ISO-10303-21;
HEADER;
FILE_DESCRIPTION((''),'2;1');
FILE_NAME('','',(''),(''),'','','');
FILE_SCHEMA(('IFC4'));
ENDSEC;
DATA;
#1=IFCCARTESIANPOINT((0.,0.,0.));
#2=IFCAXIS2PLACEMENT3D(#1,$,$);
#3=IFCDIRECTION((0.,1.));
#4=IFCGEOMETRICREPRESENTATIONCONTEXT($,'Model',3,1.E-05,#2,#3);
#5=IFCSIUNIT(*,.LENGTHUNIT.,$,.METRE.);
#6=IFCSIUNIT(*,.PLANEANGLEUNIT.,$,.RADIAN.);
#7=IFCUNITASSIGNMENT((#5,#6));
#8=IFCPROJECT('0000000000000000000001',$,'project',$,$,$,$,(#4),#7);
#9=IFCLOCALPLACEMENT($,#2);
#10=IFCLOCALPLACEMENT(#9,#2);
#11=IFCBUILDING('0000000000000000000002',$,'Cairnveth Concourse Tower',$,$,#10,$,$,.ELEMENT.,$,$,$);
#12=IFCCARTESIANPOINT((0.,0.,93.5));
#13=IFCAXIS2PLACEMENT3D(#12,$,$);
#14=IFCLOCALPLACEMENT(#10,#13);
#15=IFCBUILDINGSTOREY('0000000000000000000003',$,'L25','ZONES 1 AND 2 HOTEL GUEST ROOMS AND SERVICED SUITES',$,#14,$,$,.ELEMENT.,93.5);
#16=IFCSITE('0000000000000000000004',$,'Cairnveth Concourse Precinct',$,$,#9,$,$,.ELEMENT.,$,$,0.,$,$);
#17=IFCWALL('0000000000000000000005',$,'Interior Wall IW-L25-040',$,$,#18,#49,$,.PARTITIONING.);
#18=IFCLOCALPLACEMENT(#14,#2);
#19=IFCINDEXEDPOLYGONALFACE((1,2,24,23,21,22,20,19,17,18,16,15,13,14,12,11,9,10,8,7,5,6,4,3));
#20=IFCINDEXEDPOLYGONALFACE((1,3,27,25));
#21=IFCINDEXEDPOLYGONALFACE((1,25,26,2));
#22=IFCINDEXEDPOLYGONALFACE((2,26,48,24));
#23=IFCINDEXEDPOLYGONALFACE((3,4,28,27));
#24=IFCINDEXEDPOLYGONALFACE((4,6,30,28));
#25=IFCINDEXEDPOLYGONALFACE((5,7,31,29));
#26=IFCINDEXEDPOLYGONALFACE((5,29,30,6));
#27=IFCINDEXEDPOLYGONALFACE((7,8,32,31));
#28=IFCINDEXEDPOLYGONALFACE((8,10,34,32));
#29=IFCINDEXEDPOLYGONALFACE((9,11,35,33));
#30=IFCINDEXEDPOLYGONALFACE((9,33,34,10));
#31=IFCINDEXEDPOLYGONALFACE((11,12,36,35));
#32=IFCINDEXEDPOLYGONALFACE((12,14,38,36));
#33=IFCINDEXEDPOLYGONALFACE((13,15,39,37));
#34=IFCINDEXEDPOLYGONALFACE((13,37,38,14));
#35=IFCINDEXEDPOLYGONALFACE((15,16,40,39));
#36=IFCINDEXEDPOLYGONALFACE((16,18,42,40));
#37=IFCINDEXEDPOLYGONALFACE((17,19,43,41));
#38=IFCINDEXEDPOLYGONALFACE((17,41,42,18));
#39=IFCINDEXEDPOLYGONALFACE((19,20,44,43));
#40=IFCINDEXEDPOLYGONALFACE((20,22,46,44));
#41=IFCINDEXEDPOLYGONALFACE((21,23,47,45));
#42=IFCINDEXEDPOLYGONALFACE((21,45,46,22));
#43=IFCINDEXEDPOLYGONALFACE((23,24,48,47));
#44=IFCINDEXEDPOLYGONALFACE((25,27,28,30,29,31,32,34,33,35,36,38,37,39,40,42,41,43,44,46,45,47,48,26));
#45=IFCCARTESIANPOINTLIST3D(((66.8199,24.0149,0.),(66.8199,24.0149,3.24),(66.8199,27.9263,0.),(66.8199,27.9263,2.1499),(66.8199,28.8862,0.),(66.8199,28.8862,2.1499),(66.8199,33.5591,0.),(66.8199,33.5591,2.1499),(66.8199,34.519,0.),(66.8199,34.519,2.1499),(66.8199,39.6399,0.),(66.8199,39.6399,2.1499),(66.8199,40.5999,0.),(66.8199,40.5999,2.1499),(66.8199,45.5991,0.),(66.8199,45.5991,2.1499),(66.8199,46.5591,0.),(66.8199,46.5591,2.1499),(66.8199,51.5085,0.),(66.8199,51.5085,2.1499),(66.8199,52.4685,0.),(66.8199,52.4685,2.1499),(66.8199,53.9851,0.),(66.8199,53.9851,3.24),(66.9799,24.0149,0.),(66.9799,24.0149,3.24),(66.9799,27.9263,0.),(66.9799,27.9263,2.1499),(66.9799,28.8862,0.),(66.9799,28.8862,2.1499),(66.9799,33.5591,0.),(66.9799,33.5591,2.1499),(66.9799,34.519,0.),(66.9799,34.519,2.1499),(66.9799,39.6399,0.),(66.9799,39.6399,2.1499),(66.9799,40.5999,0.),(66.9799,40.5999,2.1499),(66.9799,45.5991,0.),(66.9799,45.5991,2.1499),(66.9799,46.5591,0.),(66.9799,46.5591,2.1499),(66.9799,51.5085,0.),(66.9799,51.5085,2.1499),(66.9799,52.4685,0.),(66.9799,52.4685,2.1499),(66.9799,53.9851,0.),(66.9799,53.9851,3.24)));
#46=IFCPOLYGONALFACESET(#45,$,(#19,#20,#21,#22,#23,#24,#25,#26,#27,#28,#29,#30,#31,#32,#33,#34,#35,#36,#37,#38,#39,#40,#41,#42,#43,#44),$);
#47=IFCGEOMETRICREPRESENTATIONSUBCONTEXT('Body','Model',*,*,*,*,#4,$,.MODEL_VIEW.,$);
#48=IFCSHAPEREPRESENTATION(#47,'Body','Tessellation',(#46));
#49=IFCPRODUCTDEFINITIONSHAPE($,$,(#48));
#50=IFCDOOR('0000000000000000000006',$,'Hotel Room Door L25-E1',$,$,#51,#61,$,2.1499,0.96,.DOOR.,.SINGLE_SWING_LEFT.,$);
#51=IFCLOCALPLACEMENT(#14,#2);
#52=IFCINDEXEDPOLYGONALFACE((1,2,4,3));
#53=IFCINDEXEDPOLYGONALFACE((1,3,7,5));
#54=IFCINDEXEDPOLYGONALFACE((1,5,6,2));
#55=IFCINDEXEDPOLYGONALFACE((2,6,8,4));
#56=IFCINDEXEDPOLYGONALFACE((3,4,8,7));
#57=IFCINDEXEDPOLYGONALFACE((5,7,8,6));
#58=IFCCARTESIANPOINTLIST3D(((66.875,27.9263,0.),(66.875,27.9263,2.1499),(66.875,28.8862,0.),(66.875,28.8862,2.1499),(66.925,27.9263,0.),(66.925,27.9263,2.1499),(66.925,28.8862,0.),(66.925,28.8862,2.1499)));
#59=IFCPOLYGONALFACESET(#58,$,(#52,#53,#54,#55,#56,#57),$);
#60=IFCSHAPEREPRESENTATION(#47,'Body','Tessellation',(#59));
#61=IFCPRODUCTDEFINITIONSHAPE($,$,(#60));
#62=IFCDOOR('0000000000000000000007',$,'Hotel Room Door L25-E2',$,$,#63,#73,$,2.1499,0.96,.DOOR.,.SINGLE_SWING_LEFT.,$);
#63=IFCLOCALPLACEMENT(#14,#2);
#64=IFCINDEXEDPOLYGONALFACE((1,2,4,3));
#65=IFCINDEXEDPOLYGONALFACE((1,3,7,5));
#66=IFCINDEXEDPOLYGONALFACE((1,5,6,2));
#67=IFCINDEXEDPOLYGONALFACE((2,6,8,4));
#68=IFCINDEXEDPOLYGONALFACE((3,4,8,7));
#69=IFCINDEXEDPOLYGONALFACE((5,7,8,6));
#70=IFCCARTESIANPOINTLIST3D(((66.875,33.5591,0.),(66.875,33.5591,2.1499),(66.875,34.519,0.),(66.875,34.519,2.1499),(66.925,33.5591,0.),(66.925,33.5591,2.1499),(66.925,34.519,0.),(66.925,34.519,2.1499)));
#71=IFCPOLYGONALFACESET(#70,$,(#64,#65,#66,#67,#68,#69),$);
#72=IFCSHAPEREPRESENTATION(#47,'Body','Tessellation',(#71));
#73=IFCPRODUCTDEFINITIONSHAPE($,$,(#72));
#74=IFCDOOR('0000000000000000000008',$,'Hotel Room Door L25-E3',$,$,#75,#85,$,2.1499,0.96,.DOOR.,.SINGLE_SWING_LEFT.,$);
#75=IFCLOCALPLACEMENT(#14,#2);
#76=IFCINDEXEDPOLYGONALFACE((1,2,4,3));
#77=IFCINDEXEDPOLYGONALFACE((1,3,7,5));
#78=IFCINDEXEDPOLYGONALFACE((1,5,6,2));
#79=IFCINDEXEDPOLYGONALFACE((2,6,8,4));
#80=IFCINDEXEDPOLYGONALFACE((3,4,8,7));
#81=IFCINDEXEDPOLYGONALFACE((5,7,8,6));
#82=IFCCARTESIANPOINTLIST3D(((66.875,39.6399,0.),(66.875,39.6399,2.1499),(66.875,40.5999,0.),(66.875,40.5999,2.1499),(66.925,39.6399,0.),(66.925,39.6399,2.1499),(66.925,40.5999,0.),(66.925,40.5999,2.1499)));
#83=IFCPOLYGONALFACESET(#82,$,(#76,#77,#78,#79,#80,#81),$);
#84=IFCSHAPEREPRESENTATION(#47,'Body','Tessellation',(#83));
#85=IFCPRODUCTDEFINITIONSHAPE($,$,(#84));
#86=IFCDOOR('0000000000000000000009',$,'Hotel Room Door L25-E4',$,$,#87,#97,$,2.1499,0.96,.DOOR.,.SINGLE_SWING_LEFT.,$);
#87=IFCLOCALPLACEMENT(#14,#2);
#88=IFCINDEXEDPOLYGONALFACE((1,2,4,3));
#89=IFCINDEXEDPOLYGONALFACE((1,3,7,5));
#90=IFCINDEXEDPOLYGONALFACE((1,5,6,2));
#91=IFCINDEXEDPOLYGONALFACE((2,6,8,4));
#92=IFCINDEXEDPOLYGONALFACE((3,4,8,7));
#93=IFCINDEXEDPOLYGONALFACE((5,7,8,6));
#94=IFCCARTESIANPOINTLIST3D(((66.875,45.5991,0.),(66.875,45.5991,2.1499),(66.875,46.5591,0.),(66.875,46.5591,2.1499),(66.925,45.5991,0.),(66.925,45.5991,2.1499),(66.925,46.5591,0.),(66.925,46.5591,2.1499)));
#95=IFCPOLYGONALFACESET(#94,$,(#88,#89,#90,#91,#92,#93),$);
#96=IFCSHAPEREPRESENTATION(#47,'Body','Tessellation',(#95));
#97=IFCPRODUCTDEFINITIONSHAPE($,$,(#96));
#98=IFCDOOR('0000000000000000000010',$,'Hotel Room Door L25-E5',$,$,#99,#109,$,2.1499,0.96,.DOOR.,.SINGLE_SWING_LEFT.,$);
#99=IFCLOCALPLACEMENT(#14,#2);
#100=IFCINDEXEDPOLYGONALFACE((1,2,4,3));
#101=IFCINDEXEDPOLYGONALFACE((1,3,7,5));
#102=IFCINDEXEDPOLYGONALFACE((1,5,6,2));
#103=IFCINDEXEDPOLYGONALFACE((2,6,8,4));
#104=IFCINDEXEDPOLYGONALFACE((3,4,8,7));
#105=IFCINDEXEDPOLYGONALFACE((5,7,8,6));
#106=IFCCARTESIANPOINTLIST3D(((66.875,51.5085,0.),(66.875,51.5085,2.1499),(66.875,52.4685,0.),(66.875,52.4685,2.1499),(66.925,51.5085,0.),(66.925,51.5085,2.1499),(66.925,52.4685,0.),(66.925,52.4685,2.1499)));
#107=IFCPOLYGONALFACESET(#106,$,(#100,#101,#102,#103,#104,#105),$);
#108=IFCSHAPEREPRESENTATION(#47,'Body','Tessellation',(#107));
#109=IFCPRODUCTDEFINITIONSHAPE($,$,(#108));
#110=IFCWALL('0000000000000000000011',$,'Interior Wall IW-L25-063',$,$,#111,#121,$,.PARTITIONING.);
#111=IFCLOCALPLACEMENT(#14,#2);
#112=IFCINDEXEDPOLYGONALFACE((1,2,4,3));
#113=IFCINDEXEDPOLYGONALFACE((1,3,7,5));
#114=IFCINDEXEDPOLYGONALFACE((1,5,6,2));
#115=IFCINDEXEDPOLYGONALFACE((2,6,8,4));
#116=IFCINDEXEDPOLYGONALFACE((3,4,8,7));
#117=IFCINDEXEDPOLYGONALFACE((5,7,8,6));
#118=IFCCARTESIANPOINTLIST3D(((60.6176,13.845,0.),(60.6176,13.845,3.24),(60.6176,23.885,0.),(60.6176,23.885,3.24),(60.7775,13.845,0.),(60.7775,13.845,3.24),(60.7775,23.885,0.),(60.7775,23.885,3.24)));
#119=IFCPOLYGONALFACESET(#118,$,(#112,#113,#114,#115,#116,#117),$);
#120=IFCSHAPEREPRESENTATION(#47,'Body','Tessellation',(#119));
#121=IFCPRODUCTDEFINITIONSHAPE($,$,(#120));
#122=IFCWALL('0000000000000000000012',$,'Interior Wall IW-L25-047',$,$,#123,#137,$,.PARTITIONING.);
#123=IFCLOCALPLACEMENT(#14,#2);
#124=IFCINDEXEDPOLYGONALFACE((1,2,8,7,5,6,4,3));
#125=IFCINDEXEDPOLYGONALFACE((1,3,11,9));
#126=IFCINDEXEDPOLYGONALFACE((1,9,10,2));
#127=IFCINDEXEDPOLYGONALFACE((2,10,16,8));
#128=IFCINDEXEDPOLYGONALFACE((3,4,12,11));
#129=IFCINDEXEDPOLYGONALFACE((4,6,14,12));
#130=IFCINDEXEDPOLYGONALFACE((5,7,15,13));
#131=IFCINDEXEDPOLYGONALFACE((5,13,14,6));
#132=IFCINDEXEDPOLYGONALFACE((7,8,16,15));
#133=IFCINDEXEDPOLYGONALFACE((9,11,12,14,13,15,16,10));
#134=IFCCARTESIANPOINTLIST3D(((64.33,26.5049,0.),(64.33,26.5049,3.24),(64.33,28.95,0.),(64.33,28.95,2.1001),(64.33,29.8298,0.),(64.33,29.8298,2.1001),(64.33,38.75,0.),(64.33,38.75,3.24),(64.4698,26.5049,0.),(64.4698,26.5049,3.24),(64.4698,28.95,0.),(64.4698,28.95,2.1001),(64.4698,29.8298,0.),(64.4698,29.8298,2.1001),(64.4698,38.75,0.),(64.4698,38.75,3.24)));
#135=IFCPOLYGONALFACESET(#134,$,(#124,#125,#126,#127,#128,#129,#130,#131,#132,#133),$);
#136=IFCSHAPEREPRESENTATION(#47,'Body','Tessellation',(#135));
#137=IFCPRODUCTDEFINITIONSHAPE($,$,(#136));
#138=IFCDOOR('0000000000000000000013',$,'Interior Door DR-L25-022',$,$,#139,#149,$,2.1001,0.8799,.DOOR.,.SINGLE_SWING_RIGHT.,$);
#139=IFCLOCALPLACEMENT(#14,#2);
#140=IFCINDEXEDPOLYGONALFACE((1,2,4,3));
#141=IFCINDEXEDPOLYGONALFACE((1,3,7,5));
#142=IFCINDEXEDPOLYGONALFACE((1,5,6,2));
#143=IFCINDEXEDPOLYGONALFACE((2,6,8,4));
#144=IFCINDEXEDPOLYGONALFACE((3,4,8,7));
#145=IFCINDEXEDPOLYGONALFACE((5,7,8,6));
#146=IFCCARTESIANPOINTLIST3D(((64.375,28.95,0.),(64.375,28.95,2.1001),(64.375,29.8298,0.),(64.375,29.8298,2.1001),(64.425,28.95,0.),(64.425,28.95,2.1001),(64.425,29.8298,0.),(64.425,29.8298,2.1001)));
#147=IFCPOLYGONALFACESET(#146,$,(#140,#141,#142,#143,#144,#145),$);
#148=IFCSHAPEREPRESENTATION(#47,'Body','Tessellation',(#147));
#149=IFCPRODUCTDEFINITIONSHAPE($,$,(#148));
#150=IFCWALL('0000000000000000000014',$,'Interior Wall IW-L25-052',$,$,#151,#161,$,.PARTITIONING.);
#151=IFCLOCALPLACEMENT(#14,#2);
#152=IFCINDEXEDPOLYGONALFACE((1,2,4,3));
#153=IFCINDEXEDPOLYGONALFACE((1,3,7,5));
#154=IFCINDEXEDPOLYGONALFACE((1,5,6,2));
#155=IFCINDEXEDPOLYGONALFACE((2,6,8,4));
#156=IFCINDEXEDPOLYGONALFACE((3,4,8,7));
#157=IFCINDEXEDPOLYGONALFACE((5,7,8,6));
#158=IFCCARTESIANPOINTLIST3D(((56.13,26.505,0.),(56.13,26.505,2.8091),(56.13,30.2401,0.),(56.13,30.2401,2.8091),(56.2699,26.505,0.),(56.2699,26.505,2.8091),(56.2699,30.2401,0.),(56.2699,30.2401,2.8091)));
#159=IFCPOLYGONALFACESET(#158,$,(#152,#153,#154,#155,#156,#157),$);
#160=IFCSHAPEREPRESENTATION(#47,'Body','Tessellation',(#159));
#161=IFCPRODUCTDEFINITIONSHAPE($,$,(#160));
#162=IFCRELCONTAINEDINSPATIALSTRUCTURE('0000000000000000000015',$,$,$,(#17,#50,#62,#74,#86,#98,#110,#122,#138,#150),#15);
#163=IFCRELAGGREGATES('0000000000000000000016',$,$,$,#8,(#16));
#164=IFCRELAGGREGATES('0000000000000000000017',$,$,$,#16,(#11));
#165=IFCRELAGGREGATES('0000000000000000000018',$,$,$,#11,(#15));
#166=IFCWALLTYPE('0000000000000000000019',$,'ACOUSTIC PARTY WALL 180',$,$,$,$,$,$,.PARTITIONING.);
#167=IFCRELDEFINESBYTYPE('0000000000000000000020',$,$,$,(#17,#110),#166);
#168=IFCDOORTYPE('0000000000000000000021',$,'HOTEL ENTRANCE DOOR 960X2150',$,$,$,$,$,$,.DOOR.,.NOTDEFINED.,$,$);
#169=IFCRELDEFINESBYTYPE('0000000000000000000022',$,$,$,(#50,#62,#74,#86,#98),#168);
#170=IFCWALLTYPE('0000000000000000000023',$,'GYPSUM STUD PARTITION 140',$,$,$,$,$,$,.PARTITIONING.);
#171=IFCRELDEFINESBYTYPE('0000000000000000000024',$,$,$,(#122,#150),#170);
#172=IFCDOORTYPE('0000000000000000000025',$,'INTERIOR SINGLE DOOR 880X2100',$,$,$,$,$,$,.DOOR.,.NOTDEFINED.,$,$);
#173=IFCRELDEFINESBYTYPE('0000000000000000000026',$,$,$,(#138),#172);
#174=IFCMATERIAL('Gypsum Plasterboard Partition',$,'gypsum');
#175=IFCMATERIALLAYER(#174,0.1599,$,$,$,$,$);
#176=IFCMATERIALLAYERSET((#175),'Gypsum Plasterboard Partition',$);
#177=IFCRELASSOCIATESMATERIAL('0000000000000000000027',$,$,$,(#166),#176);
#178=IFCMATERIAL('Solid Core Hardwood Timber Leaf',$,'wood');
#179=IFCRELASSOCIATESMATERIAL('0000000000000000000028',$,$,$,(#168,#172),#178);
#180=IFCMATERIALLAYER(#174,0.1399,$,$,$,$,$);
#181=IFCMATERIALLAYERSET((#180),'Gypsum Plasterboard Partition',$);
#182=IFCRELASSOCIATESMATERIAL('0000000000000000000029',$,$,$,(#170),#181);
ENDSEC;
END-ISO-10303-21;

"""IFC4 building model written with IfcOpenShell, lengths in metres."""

from ifc_helpers import new_model, si_unit, direction, frame, frame_2d, origin, place, context, subcontext, project, spatial, rectangle, extrude, material, layer, layer_set, type_object, element, fill, save


model = new_model("IFC4")

# Units and contexts
model_context = context("Model", 3, precision=1e-05, world=origin(), true_north=direction((0.0, 1.0)))
body_context = subcontext(model_context, "Body", "Model", "MODEL_VIEW")
ifc_project = project(units=[si_unit("LENGTHUNIT", "METRE"), si_unit("PLANEANGLEUNIT", "RADIAN")], contexts=[model_context])

# Site, building, storey
site_placement = place(None, origin())
site = spatial("IfcSite", under=ifc_project, at=site_placement, Name="Cairnveth Concourse Precinct", CompositionType="ELEMENT", RefElevation=0.0)
building_placement = place(site_placement, origin())
building = spatial("IfcBuilding", under=site, at=building_placement, Name="Cairnveth Concourse Tower", CompositionType="ELEMENT")
storey_placement = place(building_placement, frame((0.0, 0.0, 93.5)))
storey = spatial("IfcBuildingStorey", under=building, at=storey_placement, Name="L25", Description="ZONES 1 AND 2 HOTEL GUEST ROOMS AND SERVICED SUITES", CompositionType="ELEMENT", Elevation=93.5)

# Wall, openings, doors
ifc_material_1 = material(Name="Gypsum Plasterboard Partition", Category="gypsum")
ifc_layer_1 = layer(ifc_material_1, 0.1599)
ifc_layer_set_1 = layer_set([ifc_layer_1], Name="Gypsum Plasterboard Partition")
wall_type_1 = type_object("IfcWallType", Name="ACOUSTIC PARTY WALL 180", PredefinedType="PARTITIONING", material=ifc_layer_set_1)
wall_1_placement = place(storey_placement, frame((66.8999, 24.0149, 0.0), z_axis=(0.0, 0.0, 1.0), x_axis=(0.0, 1.0, 0.0)))
wall_1 = element("IfcWall", 1, at=wall_1_placement, inside=storey, type_object=wall_type_1, Name="Interior Wall IW-L25-040", PredefinedType="PARTITIONING", context=body_context, shape_type="SweptSolid", body=[
    extrude(rectangle(XDim=29.9702, YDim=0.1599, at=frame_2d((14.9851, 0.0))), origin(), (0.0, 0.0, 1.0), 3.24),
])
opening_1_placement = place(wall_1_placement, frame((3.9114, 0.0, 0.0)))
opening_1 = element("IfcOpeningElement", 2, at=opening_1_placement, cuts=wall_1, PredefinedType="OPENING", context=body_context, shape_type="SweptSolid", body=[
    extrude(rectangle(XDim=0.96, YDim=2.1499, at=frame_2d((0.48, 1.075))), frame((0.0, 0.0898, 0.0), z_axis=(0.0, -1.0, 0.0), x_axis=(1.0, 0.0, 0.0)), (0.0, 0.0, 1.0), 0.1799),
])
opening_2_placement = place(wall_1_placement, frame((9.5442, 0.0, 0.0)))
opening_2 = element("IfcOpeningElement", 3, at=opening_2_placement, cuts=wall_1, PredefinedType="OPENING", context=body_context, shape_type="SweptSolid", body=[
    extrude(rectangle(XDim=0.96, YDim=2.1499, at=frame_2d((0.48, 1.075))), frame((0.0, 0.0898, 0.0), z_axis=(0.0, -1.0, 0.0), x_axis=(1.0, 0.0, 0.0)), (0.0, 0.0, 1.0), 0.1799),
])
opening_3_placement = place(wall_1_placement, frame((15.625, 0.0, 0.0)))
opening_3 = element("IfcOpeningElement", 4, at=opening_3_placement, cuts=wall_1, PredefinedType="OPENING", context=body_context, shape_type="SweptSolid", body=[
    extrude(rectangle(XDim=0.96, YDim=2.1499, at=frame_2d((0.48, 1.075))), frame((0.0, 0.0898, 0.0), z_axis=(0.0, -1.0, 0.0), x_axis=(1.0, 0.0, 0.0)), (0.0, 0.0, 1.0), 0.1799),
])
opening_4_placement = place(wall_1_placement, frame((21.5842, 0.0, 0.0)))
opening_4 = element("IfcOpeningElement", 5, at=opening_4_placement, cuts=wall_1, PredefinedType="OPENING", context=body_context, shape_type="SweptSolid", body=[
    extrude(rectangle(XDim=0.96, YDim=2.1499, at=frame_2d((0.48, 1.075))), frame((0.0, 0.0898, 0.0), z_axis=(0.0, -1.0, 0.0), x_axis=(1.0, 0.0, 0.0)), (0.0, 0.0, 1.0), 0.1799),
])
opening_5_placement = place(wall_1_placement, frame((27.4937, 0.0, 0.0)))
opening_5 = element("IfcOpeningElement", 6, at=opening_5_placement, cuts=wall_1, PredefinedType="OPENING", context=body_context, shape_type="SweptSolid", body=[
    extrude(rectangle(XDim=0.96, YDim=2.1499, at=frame_2d((0.48, 1.075))), frame((0.0, 0.0898, 0.0), z_axis=(0.0, -1.0, 0.0), x_axis=(1.0, 0.0, 0.0)), (0.0, 0.0, 1.0), 0.1799),
])
ifc_material_2 = material(Name="Solid Core Hardwood Timber Leaf", Category="wood")
door_type_1 = type_object("IfcDoorType", Name="HOTEL ENTRANCE DOOR 960X2150", OperationType="NOTDEFINED", PredefinedType="DOOR", material=ifc_material_2)
door_1_placement = place(opening_1_placement, origin())
door_1 = element("IfcDoor", 7, at=door_1_placement, inside=storey, type_object=door_type_1, Name="Hotel Room Door L25-E1", OperationType="SINGLE_SWING_LEFT", OverallHeight=2.1499, OverallWidth=0.96, PredefinedType="DOOR", context=body_context, shape_type="SweptSolid", body=[
    extrude(rectangle(XDim=0.96, YDim=2.1499, at=frame_2d((0.48, 1.075))), frame((0.0, 0.0249, 0.0), z_axis=(0.0, -1.0, 0.0), x_axis=(1.0, 0.0, 0.0)), (0.0, 0.0, 1.0), 0.05),
])
fill(opening_1, door_1)
door_2_placement = place(opening_2_placement, origin())
door_2 = element("IfcDoor", 8, at=door_2_placement, inside=storey, type_object=door_type_1, Name="Hotel Room Door L25-E2", OperationType="SINGLE_SWING_LEFT", OverallHeight=2.1499, OverallWidth=0.96, PredefinedType="DOOR", context=body_context, shape_type="SweptSolid", body=[
    extrude(rectangle(XDim=0.96, YDim=2.1499, at=frame_2d((0.48, 1.075))), frame((0.0, 0.0249, 0.0), z_axis=(0.0, -1.0, 0.0), x_axis=(1.0, 0.0, 0.0)), (0.0, 0.0, 1.0), 0.05),
])
fill(opening_2, door_2)
door_3_placement = place(opening_3_placement, origin())
door_3 = element("IfcDoor", 9, at=door_3_placement, inside=storey, type_object=door_type_1, Name="Hotel Room Door L25-E3", OperationType="SINGLE_SWING_LEFT", OverallHeight=2.1499, OverallWidth=0.96, PredefinedType="DOOR", context=body_context, shape_type="SweptSolid", body=[
    extrude(rectangle(XDim=0.96, YDim=2.1499, at=frame_2d((0.48, 1.075))), frame((0.0, 0.0249, 0.0), z_axis=(0.0, -1.0, 0.0), x_axis=(1.0, 0.0, 0.0)), (0.0, 0.0, 1.0), 0.05),
])
fill(opening_3, door_3)
door_4_placement = place(opening_4_placement, origin())
door_4 = element("IfcDoor", 10, at=door_4_placement, inside=storey, type_object=door_type_1, Name="Hotel Room Door L25-E4", OperationType="SINGLE_SWING_LEFT", OverallHeight=2.1499, OverallWidth=0.96, PredefinedType="DOOR", context=body_context, shape_type="SweptSolid", body=[
    extrude(rectangle(XDim=0.96, YDim=2.1499, at=frame_2d((0.48, 1.075))), frame((0.0, 0.0249, 0.0), z_axis=(0.0, -1.0, 0.0), x_axis=(1.0, 0.0, 0.0)), (0.0, 0.0, 1.0), 0.05),
])
fill(opening_4, door_4)
door_5_placement = place(opening_5_placement, origin())
door_5 = element("IfcDoor", 11, at=door_5_placement, inside=storey, type_object=door_type_1, Name="Hotel Room Door L25-E5", OperationType="SINGLE_SWING_LEFT", OverallHeight=2.1499, OverallWidth=0.96, PredefinedType="DOOR", context=body_context, shape_type="SweptSolid", body=[
    extrude(rectangle(XDim=0.96, YDim=2.1499, at=frame_2d((0.48, 1.075))), frame((0.0, 0.0249, 0.0), z_axis=(0.0, -1.0, 0.0), x_axis=(1.0, 0.0, 0.0)), (0.0, 0.0, 1.0), 0.05),
])
fill(opening_5, door_5)

# Wall
wall_2_placement = place(storey_placement, frame((60.6975, 13.845, 0.0), z_axis=(0.0, 0.0, 1.0), x_axis=(0.0, 1.0, 0.0)))
element("IfcWall", 12, at=wall_2_placement, inside=storey, type_object=wall_type_1, Name="Interior Wall IW-L25-063", PredefinedType="PARTITIONING", context=body_context, shape_type="SweptSolid", body=[
    extrude(rectangle(XDim=10.04, YDim=0.1599, at=frame_2d((5.02, 0.0))), origin(), (0.0, 0.0, 1.0), 3.24),
])

# Wall, opening, door
ifc_layer_2 = layer(ifc_material_1, 0.1399)
ifc_layer_set_2 = layer_set([ifc_layer_2], Name="Gypsum Plasterboard Partition")
wall_type_2 = type_object("IfcWallType", Name="GYPSUM STUD PARTITION 140", PredefinedType="PARTITIONING", material=ifc_layer_set_2)
wall_3_placement = place(storey_placement, frame((64.3999, 26.5049, 0.0), z_axis=(0.0, 0.0, 1.0), x_axis=(0.0, 1.0, 0.0)))
wall_3 = element("IfcWall", 13, at=wall_3_placement, inside=storey, type_object=wall_type_2, Name="Interior Wall IW-L25-047", PredefinedType="PARTITIONING", context=body_context, shape_type="SweptSolid", body=[
    extrude(rectangle(XDim=12.2451, YDim=0.1399, at=frame_2d((6.1226, 0.0))), origin(), (0.0, 0.0, 1.0), 3.24),
])
opening_6_placement = place(wall_3_placement, frame((2.4451, 0.0, 0.0)))
opening_6 = element("IfcOpeningElement", 14, at=opening_6_placement, cuts=wall_3, PredefinedType="OPENING", context=body_context, shape_type="SweptSolid", body=[
    extrude(rectangle(XDim=0.8799, YDim=2.1001, at=frame_2d((0.4399, 1.05))), frame((0.0, 0.0798, 0.0), z_axis=(0.0, -1.0, 0.0), x_axis=(1.0, 0.0, 0.0)), (0.0, 0.0, 1.0), 0.1599),
])
door_type_2 = type_object("IfcDoorType", Name="INTERIOR SINGLE DOOR 880X2100", OperationType="NOTDEFINED", PredefinedType="DOOR", material=ifc_material_2)
door_6_placement = place(opening_6_placement, origin())
door_6 = element("IfcDoor", 15, at=door_6_placement, inside=storey, type_object=door_type_2, Name="Interior Door DR-L25-022", OperationType="SINGLE_SWING_RIGHT", OverallHeight=2.1001, OverallWidth=0.8799, PredefinedType="DOOR", context=body_context, shape_type="SweptSolid", body=[
    extrude(rectangle(XDim=0.8799, YDim=2.1001, at=frame_2d((0.4399, 1.05))), frame((0.0, 0.0249, 0.0), z_axis=(0.0, -1.0, 0.0), x_axis=(1.0, 0.0, 0.0)), (0.0, 0.0, 1.0), 0.05),
])
fill(opening_6, door_6)

# Wall
wall_4_placement = place(storey_placement, frame((56.2, 26.5049, 0.0), z_axis=(0.0, 0.0, 1.0), x_axis=(0.0, 1.0, 0.0)))
element("IfcWall", 16, at=wall_4_placement, inside=storey, type_object=wall_type_2, Name="Interior Wall IW-L25-052", PredefinedType="PARTITIONING", context=body_context, shape_type="SweptSolid", body=[
    extrude(rectangle(XDim=3.7351, YDim=0.1399, at=frame_2d((1.8677, 0.0))), origin(), (0.0, 0.0, 1.0), 2.8091),
])

save(model, "model.ifc")
